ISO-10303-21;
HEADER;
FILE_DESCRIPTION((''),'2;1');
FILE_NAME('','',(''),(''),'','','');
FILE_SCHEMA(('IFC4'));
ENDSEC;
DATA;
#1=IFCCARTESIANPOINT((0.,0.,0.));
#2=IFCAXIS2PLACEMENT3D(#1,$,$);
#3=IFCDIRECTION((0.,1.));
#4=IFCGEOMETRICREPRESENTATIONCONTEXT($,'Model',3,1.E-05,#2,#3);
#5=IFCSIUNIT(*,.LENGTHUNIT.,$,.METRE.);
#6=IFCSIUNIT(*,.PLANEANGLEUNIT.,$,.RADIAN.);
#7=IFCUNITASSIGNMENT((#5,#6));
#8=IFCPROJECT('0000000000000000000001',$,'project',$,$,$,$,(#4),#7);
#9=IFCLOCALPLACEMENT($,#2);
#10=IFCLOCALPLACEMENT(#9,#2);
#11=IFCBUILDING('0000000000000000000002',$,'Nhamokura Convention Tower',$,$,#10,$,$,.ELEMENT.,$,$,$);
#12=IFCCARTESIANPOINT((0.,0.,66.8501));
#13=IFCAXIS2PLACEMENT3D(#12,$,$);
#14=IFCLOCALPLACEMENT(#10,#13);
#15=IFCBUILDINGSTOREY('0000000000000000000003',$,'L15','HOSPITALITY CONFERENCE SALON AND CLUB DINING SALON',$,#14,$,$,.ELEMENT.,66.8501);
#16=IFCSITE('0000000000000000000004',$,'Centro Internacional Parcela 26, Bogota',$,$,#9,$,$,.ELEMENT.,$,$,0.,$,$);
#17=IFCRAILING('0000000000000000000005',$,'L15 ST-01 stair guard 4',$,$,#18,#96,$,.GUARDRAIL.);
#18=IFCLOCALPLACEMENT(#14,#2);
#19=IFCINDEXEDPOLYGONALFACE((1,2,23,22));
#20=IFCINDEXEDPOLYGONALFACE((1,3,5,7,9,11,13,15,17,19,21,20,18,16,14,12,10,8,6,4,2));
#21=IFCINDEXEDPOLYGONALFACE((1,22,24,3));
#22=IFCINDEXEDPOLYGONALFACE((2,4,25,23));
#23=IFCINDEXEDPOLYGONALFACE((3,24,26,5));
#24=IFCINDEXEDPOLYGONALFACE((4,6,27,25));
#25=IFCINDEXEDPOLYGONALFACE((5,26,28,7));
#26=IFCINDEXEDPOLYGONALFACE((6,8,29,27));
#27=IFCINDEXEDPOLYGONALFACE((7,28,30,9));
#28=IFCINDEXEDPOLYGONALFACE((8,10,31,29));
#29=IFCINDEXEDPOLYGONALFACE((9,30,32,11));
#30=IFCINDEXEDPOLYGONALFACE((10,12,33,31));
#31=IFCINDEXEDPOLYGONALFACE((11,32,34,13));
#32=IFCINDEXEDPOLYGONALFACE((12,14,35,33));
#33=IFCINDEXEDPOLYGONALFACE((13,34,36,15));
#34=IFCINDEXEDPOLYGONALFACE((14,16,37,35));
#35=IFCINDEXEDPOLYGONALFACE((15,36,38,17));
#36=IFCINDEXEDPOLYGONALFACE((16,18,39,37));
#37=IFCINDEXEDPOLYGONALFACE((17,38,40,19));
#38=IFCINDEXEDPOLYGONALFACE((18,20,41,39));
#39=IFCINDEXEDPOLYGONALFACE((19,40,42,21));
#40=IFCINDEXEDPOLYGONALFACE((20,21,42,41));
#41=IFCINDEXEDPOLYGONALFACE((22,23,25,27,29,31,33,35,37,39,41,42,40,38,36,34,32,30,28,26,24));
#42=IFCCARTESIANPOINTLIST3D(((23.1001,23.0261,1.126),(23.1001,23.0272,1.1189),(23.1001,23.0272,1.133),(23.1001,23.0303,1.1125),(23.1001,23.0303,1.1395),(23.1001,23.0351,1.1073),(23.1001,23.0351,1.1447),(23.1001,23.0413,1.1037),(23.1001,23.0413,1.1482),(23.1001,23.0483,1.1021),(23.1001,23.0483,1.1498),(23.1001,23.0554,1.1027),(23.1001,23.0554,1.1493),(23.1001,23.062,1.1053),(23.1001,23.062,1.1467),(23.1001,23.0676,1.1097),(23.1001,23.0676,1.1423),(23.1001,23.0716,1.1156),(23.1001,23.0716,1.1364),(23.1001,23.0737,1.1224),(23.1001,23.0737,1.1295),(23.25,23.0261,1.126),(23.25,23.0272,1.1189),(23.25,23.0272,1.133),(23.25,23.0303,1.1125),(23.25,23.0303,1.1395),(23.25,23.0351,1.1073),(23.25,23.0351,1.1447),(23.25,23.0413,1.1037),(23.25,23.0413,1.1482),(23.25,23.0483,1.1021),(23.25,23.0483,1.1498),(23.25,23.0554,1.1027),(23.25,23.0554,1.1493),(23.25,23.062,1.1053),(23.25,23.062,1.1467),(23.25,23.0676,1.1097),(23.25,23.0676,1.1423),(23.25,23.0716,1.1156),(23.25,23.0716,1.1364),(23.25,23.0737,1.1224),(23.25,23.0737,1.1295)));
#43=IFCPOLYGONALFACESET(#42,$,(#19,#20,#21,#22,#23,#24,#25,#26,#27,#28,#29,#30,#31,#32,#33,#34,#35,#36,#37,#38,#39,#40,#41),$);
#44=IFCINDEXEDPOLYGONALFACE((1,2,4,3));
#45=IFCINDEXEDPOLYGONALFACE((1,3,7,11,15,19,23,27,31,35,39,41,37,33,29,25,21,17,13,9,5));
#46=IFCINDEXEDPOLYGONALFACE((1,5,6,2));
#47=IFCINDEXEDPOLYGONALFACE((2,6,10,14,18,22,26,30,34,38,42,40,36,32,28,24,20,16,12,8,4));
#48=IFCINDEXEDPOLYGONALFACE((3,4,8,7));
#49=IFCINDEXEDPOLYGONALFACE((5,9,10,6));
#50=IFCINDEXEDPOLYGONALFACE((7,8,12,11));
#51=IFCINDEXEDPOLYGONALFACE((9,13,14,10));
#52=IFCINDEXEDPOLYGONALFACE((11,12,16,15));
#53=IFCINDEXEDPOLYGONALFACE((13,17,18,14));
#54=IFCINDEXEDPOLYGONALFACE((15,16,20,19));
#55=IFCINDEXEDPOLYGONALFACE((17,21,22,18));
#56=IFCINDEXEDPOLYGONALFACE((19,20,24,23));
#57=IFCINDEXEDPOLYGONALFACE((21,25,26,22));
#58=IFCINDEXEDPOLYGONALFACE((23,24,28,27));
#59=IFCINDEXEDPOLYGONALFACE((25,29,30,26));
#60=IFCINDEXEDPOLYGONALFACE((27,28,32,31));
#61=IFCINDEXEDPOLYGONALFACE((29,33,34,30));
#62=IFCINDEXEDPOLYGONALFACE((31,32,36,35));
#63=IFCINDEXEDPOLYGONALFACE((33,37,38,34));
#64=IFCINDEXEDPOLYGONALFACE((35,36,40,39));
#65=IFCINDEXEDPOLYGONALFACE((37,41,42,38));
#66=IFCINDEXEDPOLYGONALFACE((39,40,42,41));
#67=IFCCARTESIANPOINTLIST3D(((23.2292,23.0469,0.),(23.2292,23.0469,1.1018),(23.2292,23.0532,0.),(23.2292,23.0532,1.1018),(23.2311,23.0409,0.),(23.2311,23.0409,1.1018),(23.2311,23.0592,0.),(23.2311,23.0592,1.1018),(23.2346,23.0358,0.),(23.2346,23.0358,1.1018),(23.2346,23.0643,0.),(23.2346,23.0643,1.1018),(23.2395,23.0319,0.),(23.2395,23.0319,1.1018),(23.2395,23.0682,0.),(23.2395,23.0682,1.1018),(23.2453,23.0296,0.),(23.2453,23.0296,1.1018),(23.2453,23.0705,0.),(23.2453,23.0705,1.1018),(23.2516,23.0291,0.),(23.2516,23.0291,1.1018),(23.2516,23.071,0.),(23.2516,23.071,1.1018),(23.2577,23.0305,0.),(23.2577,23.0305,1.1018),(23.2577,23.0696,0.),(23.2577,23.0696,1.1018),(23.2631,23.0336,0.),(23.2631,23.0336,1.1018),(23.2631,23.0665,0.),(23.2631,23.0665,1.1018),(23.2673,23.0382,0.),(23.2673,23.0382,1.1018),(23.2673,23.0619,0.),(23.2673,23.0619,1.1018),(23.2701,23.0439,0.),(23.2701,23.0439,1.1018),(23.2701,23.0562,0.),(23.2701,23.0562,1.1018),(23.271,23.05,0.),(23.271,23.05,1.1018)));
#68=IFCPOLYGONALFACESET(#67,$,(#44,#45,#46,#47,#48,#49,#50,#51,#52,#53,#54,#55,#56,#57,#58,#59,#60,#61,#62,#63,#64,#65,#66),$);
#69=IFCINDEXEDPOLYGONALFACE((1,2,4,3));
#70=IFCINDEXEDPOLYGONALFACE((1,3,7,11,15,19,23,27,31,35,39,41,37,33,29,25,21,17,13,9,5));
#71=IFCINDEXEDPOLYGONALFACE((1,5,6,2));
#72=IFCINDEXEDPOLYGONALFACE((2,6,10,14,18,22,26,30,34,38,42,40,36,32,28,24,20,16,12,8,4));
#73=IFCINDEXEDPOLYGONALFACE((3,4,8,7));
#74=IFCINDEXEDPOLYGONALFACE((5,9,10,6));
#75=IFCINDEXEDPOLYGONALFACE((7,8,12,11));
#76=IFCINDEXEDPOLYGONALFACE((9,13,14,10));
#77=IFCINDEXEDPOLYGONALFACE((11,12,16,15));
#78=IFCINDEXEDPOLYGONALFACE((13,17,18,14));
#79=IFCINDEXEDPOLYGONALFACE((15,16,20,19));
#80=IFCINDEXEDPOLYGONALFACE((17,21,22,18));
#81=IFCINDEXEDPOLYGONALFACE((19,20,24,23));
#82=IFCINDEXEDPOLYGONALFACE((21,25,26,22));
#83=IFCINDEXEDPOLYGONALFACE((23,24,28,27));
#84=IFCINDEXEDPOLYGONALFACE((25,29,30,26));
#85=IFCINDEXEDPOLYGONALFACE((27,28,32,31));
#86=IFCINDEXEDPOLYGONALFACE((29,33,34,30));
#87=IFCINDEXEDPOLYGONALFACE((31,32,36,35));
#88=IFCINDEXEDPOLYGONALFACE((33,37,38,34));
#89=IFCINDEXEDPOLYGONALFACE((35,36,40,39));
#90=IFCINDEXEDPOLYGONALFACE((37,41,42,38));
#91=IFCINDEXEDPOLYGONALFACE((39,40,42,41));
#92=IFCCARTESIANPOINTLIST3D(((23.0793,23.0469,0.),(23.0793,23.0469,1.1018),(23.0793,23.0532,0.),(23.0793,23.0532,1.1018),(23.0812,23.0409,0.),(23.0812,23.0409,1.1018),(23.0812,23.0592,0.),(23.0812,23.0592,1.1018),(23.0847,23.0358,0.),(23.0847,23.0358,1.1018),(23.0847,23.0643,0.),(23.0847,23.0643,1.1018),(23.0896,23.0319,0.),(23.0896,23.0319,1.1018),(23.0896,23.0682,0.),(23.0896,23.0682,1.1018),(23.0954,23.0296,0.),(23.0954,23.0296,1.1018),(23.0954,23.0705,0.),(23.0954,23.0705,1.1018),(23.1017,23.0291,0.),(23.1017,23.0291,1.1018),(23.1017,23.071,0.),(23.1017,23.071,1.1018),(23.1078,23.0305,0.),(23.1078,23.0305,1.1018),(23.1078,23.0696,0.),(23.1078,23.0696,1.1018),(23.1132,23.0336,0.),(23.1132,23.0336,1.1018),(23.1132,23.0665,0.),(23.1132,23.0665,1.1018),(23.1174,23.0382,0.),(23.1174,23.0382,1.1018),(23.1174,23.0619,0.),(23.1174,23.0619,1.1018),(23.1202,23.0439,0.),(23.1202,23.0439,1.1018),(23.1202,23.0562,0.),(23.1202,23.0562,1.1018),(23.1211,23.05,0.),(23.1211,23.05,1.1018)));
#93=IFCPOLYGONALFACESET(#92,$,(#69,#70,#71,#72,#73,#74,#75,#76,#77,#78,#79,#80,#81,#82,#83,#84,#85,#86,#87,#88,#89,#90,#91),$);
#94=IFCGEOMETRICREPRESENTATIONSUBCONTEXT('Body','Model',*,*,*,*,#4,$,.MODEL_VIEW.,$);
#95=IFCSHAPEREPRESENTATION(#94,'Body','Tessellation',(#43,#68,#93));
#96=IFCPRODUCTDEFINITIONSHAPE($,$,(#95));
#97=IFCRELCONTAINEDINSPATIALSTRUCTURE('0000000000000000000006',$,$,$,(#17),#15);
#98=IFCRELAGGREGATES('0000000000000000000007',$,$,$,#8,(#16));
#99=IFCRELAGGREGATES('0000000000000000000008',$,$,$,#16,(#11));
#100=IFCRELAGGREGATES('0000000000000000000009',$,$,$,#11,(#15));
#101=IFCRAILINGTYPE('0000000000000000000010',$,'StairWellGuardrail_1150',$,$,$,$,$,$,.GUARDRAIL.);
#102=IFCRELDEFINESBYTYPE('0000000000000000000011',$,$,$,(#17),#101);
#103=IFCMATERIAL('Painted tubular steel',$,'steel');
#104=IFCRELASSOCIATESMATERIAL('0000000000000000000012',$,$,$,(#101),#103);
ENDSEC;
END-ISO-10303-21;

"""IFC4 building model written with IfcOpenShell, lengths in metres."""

from ifc_helpers import new_model, si_unit, direction, frame, origin, origin_2d, place, context, subcontext, project, spatial, circle, extrude, material, type_object, element, save


model = new_model("IFC4")

# Units and contexts
model_context = context("Model", 3, precision=1e-05, world=origin(), true_north=direction((0.0, 1.0)))
body_context = subcontext(model_context, "Body", "Model", "MODEL_VIEW")
ifc_project = project(units=[si_unit("LENGTHUNIT", "METRE"), si_unit("PLANEANGLEUNIT", "RADIAN")], contexts=[model_context])

# Site, building, storey
site_placement = place(None, origin())
site = spatial("IfcSite", under=ifc_project, at=site_placement, Name="Centro Internacional Parcela 26, Bogota", CompositionType="ELEMENT", RefElevation=0.0)
building_placement = place(site_placement, origin())
building = spatial("IfcBuilding", under=site, at=building_placement, Name="Nhamokura Convention Tower", CompositionType="ELEMENT")
storey_placement = place(building_placement, frame((0.0, 0.0, 66.8501)))
storey = spatial("IfcBuildingStorey", under=building, at=storey_placement, Name="L15", Description="HOSPITALITY CONFERENCE SALON AND CLUB DINING SALON", CompositionType="ELEMENT", Elevation=66.8501)

# Railing
ifc_material_1 = material(Name="Painted tubular steel", Category="steel")
railing_type_1 = type_object("IfcRailingType", Name="StairWellGuardrail_1150", PredefinedType="GUARDRAIL", material=ifc_material_1)
railing_1_placement = place(storey_placement, frame((23.25, 23.05, 0.0)))
element("IfcRailing", 1, at=railing_1_placement, inside=storey, type_object=railing_type_1, Name="L15 ST-01 stair guard 4", PredefinedType="GUARDRAIL", context=body_context, shape_type="SweptSolid", body=[
    extrude(circle(Radius=0.0239, at=origin_2d()), frame((0.0, 0.0, 1.126), z_axis=(-1.0, 0.0, 0.0), x_axis=(0.0, -1.0, 0.0)), (0.0, 0.0, 1.0), 0.1499),
    extrude(circle(Radius=0.021, at=origin_2d()), origin(), (0.0, 0.0, 1.0), 1.1018),
    extrude(circle(Radius=0.021, at=origin_2d()), frame((-0.1499, 0.0, 0.0)), (0.0, 0.0, 1.0), 1.1018),
])

save(model, "model.ifc")
